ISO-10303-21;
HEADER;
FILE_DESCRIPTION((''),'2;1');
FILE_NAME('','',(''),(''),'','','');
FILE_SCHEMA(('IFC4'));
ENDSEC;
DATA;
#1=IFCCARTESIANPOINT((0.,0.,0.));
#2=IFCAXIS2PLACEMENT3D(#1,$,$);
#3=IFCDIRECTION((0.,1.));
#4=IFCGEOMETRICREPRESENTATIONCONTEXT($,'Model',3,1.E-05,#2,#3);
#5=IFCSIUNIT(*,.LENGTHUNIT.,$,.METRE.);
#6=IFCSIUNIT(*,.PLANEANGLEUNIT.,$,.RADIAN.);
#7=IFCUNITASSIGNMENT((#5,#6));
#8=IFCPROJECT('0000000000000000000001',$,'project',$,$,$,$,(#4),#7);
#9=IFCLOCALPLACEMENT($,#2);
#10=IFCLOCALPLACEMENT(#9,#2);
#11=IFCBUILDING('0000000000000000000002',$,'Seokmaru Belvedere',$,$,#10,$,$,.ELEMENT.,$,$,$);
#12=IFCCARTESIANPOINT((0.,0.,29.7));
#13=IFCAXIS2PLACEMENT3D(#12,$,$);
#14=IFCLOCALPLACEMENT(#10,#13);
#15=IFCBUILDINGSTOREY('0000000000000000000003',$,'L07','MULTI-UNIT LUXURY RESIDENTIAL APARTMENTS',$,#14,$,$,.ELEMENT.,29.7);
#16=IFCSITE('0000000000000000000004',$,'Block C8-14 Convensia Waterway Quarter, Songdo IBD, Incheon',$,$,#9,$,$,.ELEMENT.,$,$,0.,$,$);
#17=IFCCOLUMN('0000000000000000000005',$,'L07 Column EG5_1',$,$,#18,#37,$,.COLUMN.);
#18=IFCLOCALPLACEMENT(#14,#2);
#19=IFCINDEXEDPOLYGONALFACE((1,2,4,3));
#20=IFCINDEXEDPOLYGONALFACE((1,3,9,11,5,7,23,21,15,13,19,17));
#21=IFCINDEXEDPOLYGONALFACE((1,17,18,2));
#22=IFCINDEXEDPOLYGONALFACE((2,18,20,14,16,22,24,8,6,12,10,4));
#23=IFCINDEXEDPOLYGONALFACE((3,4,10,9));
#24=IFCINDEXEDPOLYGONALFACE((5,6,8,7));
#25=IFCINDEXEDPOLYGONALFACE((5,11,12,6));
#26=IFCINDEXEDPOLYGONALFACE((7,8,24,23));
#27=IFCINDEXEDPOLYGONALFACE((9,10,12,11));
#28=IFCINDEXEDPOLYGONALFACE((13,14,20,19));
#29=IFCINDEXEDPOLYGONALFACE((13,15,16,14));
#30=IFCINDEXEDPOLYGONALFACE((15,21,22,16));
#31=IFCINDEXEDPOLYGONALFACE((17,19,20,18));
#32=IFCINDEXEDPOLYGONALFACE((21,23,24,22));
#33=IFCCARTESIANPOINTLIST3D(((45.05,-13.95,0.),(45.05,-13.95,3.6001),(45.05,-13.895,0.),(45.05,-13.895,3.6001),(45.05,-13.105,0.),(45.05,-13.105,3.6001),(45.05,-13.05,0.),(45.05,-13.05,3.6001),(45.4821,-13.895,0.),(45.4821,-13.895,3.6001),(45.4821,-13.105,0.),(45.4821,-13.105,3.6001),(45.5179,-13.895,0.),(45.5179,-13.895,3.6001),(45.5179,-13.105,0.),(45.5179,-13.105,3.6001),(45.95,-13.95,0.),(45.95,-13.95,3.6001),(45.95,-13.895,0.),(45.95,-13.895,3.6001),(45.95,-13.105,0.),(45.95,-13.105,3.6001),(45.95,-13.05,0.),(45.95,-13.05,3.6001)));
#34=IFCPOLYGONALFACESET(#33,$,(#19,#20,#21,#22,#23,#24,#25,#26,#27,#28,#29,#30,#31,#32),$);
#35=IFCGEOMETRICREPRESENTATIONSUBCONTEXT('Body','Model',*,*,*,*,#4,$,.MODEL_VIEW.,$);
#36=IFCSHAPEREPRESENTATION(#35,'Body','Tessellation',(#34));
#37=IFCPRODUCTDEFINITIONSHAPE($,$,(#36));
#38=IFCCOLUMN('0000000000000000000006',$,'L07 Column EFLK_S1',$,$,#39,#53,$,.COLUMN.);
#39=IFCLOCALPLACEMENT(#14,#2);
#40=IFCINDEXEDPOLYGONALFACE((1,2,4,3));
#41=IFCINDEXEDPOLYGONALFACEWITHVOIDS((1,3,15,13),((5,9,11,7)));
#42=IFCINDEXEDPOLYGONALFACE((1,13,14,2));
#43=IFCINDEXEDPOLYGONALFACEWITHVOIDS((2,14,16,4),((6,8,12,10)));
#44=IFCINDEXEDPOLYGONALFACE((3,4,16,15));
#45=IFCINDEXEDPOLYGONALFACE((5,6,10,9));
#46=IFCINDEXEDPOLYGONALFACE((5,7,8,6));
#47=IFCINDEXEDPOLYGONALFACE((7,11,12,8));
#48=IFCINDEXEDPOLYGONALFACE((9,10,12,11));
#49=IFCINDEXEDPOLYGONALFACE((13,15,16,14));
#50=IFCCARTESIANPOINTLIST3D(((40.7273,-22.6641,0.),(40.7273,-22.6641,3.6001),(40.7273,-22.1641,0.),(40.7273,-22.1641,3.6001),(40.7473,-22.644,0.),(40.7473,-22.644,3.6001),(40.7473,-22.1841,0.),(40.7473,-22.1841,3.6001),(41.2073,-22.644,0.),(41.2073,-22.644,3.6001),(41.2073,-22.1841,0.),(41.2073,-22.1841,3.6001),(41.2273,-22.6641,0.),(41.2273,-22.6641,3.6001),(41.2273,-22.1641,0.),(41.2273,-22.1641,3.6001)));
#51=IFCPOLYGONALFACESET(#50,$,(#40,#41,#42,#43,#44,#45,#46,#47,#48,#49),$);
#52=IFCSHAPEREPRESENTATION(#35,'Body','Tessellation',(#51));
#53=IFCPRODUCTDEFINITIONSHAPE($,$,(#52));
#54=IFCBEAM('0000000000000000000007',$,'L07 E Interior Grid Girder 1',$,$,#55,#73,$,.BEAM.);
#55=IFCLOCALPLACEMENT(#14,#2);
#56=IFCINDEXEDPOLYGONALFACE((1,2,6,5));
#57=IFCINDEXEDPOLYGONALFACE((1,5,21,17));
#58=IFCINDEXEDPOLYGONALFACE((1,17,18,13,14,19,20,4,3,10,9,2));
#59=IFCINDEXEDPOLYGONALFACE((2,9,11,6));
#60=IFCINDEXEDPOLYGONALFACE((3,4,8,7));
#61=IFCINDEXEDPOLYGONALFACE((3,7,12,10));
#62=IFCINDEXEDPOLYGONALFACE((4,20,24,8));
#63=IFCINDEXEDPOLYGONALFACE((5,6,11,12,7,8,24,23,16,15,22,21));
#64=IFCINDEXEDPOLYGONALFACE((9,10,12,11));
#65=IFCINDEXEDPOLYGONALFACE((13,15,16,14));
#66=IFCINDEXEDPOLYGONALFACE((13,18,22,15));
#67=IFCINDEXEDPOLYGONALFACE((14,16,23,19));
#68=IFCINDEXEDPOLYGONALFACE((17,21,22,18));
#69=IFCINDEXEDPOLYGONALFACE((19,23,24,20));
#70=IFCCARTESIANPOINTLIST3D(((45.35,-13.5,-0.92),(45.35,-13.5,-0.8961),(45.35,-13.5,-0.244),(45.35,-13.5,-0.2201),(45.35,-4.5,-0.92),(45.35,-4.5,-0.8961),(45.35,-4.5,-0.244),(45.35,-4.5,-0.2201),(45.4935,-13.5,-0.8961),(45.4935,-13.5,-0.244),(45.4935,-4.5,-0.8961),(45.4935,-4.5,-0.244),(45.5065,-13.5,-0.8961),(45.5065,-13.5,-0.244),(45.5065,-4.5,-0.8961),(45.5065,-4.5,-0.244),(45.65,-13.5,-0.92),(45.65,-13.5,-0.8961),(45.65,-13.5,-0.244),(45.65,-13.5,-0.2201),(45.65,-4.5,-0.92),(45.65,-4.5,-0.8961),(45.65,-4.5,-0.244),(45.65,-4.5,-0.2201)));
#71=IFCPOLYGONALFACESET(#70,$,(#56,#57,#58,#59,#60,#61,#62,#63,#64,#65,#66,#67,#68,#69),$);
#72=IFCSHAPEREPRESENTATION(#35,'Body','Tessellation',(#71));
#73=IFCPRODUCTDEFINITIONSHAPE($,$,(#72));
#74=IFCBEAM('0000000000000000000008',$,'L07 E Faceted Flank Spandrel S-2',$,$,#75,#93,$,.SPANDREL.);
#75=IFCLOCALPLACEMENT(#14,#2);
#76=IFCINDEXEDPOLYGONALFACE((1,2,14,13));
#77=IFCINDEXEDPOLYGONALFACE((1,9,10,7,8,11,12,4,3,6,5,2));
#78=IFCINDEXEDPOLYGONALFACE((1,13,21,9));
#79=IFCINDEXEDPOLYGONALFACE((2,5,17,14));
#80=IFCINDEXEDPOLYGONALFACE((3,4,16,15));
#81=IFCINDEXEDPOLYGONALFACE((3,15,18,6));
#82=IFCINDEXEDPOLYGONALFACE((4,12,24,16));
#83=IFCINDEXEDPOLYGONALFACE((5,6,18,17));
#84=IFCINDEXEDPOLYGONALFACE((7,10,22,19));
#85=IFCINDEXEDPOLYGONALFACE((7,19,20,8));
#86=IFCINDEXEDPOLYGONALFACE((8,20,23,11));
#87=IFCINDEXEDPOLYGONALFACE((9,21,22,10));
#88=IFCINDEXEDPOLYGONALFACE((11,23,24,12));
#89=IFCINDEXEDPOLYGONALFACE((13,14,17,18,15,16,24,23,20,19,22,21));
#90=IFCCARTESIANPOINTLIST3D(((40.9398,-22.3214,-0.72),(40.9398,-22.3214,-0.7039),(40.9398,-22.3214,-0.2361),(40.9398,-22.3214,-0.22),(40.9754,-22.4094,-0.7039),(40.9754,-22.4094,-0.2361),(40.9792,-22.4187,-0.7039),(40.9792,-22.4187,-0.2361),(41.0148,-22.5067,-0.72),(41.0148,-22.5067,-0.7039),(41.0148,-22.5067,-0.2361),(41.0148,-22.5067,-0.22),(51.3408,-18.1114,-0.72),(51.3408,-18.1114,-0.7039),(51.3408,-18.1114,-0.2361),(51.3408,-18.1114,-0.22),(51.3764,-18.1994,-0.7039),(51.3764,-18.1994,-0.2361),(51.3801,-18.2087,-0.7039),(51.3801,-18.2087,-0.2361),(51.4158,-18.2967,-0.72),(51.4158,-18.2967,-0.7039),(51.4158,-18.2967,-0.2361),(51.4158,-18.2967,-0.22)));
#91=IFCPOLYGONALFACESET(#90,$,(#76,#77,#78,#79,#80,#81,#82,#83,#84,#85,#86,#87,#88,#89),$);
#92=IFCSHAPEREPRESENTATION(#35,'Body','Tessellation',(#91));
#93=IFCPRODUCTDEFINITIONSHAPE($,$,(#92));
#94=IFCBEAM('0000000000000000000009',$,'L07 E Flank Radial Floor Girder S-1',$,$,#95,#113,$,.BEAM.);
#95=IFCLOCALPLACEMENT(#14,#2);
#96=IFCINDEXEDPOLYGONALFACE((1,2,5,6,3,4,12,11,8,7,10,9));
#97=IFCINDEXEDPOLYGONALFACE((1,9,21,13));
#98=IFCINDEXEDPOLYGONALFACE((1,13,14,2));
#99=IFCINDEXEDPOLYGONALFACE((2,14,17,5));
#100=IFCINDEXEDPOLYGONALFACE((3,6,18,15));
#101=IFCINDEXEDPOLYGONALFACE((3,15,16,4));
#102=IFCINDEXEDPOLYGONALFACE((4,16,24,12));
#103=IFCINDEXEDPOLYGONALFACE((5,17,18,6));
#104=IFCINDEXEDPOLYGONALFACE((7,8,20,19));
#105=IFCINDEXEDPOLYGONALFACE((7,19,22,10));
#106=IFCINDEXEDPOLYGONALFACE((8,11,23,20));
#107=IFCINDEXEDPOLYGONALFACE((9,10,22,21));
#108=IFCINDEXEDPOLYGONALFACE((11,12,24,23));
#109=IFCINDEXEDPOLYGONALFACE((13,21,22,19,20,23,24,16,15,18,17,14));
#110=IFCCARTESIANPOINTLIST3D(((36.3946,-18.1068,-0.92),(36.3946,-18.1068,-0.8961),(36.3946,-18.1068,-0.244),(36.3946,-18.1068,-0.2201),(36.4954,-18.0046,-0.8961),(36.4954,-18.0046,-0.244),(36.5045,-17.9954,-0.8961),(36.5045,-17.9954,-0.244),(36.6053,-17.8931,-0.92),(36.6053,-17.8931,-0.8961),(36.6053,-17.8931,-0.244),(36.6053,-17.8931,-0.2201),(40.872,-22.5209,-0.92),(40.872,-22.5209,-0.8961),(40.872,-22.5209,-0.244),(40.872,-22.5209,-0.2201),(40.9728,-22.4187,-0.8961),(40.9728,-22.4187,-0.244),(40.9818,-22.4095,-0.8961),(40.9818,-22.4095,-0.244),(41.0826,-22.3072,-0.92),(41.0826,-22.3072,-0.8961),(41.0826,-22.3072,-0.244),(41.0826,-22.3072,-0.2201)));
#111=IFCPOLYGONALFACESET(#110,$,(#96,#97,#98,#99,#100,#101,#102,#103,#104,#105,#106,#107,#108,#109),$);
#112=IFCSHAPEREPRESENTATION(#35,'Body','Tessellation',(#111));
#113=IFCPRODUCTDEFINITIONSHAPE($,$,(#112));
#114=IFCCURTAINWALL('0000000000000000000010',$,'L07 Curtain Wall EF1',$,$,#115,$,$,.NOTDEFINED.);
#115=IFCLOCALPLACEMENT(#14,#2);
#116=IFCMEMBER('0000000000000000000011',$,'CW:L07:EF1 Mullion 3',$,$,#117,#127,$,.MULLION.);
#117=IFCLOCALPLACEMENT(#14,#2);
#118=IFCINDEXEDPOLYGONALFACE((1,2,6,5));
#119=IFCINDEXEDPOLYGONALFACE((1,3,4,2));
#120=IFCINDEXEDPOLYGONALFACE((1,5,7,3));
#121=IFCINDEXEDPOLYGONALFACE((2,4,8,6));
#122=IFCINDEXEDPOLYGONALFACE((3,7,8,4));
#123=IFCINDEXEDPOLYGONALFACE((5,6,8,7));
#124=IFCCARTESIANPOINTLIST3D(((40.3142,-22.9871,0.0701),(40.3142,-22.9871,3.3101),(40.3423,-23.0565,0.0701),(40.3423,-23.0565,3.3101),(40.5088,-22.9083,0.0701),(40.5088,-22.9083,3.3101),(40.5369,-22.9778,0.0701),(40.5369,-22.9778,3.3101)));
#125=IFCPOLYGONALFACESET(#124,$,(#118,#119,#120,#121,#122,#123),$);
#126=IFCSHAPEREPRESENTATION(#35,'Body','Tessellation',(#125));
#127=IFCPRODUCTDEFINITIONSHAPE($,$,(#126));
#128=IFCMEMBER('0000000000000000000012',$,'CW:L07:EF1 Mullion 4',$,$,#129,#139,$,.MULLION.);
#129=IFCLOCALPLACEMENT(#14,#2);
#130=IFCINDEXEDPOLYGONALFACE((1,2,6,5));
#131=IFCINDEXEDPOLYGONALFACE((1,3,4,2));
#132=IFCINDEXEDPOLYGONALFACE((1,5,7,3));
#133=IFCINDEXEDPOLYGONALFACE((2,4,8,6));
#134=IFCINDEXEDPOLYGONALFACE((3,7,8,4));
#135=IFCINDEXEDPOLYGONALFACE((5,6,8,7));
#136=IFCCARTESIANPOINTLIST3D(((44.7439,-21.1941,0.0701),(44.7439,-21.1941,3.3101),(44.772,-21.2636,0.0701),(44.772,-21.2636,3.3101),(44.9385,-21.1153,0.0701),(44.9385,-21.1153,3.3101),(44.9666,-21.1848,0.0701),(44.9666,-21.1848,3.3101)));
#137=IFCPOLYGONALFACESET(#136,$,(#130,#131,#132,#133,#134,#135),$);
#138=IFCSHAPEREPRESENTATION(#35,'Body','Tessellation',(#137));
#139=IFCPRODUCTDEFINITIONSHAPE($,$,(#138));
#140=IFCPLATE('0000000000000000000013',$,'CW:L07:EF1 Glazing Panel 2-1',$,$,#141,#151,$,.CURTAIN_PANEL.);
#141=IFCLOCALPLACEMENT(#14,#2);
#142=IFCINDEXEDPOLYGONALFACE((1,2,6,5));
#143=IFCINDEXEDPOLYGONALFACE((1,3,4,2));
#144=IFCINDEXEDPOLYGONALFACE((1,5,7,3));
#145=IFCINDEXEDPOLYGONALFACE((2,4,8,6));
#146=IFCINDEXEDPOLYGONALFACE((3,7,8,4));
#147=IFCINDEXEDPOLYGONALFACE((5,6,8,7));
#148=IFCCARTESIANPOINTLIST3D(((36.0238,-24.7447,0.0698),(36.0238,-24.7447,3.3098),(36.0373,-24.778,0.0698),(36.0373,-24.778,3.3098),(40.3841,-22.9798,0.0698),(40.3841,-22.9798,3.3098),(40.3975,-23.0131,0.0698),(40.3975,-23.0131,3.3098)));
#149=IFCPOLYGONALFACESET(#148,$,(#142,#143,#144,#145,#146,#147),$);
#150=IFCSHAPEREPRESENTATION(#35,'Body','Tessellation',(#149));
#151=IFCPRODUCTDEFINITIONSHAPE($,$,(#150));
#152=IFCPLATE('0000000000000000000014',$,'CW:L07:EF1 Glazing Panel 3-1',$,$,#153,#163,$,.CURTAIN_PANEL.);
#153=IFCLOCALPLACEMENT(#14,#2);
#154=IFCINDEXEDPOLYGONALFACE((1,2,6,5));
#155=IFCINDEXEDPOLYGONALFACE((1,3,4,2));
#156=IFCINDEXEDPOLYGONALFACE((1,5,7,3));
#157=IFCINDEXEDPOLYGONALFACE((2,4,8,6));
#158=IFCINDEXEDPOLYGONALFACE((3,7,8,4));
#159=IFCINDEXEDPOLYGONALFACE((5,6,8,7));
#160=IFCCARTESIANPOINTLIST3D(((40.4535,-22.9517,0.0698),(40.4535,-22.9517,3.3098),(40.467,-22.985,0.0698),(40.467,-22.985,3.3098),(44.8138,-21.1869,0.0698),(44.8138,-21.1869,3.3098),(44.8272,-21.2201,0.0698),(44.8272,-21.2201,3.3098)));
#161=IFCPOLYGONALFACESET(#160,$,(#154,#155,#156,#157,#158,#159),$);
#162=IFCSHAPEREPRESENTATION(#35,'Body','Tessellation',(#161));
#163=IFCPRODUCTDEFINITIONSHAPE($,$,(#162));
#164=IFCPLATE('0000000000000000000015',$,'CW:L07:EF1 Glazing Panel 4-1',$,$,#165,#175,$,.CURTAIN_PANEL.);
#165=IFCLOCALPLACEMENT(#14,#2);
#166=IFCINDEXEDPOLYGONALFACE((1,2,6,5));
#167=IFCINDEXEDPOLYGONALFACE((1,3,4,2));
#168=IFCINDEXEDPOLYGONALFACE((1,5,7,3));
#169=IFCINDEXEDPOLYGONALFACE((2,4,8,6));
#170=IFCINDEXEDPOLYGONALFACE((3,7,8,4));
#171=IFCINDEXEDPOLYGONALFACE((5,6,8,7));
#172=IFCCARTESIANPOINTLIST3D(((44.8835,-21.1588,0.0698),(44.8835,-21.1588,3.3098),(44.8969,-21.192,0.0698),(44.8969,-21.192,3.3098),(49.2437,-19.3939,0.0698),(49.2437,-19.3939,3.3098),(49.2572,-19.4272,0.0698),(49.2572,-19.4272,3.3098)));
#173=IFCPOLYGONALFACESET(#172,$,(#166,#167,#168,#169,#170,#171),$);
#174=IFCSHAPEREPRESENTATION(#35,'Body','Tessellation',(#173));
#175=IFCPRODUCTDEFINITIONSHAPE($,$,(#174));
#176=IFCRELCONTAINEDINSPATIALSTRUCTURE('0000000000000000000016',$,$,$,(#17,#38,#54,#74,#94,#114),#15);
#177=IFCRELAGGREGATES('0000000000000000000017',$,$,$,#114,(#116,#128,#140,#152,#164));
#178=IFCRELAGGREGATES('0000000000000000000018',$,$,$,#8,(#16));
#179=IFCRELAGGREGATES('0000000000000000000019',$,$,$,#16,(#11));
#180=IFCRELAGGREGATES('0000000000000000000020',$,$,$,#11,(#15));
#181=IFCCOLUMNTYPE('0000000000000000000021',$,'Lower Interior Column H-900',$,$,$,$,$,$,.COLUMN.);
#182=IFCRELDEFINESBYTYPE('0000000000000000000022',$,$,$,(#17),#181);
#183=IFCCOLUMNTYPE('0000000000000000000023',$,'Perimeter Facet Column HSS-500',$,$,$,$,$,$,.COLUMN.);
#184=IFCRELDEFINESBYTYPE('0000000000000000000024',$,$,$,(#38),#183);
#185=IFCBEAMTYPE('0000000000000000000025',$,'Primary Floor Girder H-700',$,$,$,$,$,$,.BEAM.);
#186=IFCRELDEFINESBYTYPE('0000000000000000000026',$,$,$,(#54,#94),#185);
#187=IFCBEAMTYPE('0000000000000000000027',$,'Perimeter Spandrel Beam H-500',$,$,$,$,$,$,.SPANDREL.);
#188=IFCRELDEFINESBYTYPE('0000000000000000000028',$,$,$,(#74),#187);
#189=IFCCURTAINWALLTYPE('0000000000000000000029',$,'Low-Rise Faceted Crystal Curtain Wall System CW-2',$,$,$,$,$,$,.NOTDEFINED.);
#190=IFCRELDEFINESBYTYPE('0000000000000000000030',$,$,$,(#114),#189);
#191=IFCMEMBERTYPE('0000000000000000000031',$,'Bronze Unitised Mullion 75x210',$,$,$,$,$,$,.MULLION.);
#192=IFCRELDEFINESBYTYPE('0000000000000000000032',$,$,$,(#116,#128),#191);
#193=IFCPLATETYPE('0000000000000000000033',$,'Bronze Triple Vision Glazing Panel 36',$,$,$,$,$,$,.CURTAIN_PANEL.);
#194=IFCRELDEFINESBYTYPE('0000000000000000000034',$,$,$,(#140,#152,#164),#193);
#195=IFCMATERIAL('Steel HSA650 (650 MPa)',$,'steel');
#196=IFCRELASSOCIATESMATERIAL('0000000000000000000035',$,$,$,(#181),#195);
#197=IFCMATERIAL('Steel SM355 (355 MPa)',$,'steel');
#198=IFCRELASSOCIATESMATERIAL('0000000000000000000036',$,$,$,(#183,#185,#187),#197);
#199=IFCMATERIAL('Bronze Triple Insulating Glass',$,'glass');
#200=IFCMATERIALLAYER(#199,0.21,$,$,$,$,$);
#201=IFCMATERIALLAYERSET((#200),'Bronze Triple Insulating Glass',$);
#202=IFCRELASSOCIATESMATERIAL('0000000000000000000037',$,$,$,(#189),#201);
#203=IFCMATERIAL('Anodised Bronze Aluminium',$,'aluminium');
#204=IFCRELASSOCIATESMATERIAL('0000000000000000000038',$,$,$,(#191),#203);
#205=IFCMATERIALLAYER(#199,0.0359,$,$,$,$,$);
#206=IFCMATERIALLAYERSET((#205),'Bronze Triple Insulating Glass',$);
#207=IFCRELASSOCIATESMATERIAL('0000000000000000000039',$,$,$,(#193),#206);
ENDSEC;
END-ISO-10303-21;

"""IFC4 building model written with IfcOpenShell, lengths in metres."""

from ifc_helpers import new_model, si_unit, direction, frame, origin, origin_2d, place, context, subcontext, project, spatial, rectangle, hollow_rectangle, i_section, extrude, source, transform, mapped, material, layer, layer_set, material_profile, profile_set, type_object, type_shapes, element, aggregate, save


model = new_model("IFC4")

# Units and contexts
model_context = context("Model", 3, precision=1e-05, world=origin(), true_north=direction((0.0, 1.0)))
body_context = subcontext(model_context, "Body", "Model", "MODEL_VIEW")
ifc_project = project(units=[si_unit("LENGTHUNIT", "METRE"), si_unit("PLANEANGLEUNIT", "RADIAN")], contexts=[model_context])

# Site, building, storey
site_placement = place(None, origin())
site = spatial("IfcSite", under=ifc_project, at=site_placement, Name="Block C8-14 Convensia Waterway Quarter, Songdo IBD, Incheon", CompositionType="ELEMENT", RefElevation=0.0)
building_placement = place(site_placement, origin())
building = spatial("IfcBuilding", under=site, at=building_placement, Name="Seokmaru Belvedere", CompositionType="ELEMENT")
storey_placement = place(building_placement, frame((0.0, 0.0, 29.7)))
storey = spatial("IfcBuildingStorey", under=building, at=storey_placement, Name="L07", Description="MULTI-UNIT LUXURY RESIDENTIAL APARTMENTS", CompositionType="ELEMENT", Elevation=29.7)

# Columns
ifc_material_1 = material(Name="Steel HSA650 (650 MPa)", Category="steel")
ifc_material_profile_1 = material_profile(ifc_material_1, i_section(OverallWidth=0.8999, OverallDepth=0.8999, WebThickness=0.0359, FlangeThickness=0.0549, at=origin_2d()), Name="H-900x900x36x55")
ifc_profile_set_1 = profile_set([ifc_material_profile_1], Name="Steel HSA650 (650 MPa)")
column_type_1 = type_object("IfcColumnType", Name="Lower Interior Column H-900", PredefinedType="COLUMN", material=ifc_profile_set_1)
shared_shape_1 = source(origin(), body_context, "Body", "SweptSolid", [
    extrude(i_section(OverallWidth=0.8999, OverallDepth=0.8999, WebThickness=0.0359, FlangeThickness=0.0549, at=origin_2d()), origin(), (0.0, 0.0, 1.0), 3.6001),
])
type_shapes(column_type_1, [shared_shape_1])
column_1_placement = place(storey_placement, frame((45.5, -13.5, 0.0), z_axis=(0.0, 0.0, 1.0), x_axis=(1.0, 0.0, 0.0)))
element("IfcColumn", 1, at=column_1_placement, inside=storey, type_object=column_type_1, Name="L07 Column EG5_1", PredefinedType="COLUMN", context=body_context, shape_type="MappedRepresentation", body=[
    mapped(shared_shape_1, transform((0.0, 0.0, 0.0), scale=1.0)),
])
ifc_material_2 = material(Name="Steel SM355 (355 MPa)", Category="steel")
ifc_material_profile_2 = material_profile(ifc_material_2, hollow_rectangle(XDim=0.5, YDim=0.5, WallThickness=0.02, at=origin_2d()), Name="HSS-500x500x20")
ifc_profile_set_2 = profile_set([ifc_material_profile_2], Name="Steel SM355 (355 MPa)")
column_type_2 = type_object("IfcColumnType", Name="Perimeter Facet Column HSS-500", PredefinedType="COLUMN", material=ifc_profile_set_2)
shared_shape_2 = source(origin(), body_context, "Body", "SweptSolid", [
    extrude(hollow_rectangle(XDim=0.5, YDim=0.5, WallThickness=0.02, at=origin_2d()), origin(), (0.0, 0.0, 1.0), 3.6001),
])
type_shapes(column_type_2, [shared_shape_2])
column_2_placement = place(storey_placement, frame((40.9773, -22.4141, 0.0), z_axis=(0.0, 0.0, 1.0), x_axis=(1.0, 0.0, 0.0)))
element("IfcColumn", 2, at=column_2_placement, inside=storey, type_object=column_type_2, Name="L07 Column EFLK_S1", PredefinedType="COLUMN", context=body_context, shape_type="MappedRepresentation", body=[
    mapped(shared_shape_2, transform((0.0, 0.0, 0.0), scale=1.0)),
])

# Beams
ifc_material_profile_3 = material_profile(ifc_material_2, i_section(OverallWidth=0.3, OverallDepth=0.7, WebThickness=0.0129, FlangeThickness=0.0239, at=origin_2d()), Name="H-700x300x13x24")
ifc_profile_set_3 = profile_set([ifc_material_profile_3], Name="Steel SM355 (355 MPa)")
beam_type_1 = type_object("IfcBeamType", Name="Primary Floor Girder H-700", PredefinedType="BEAM", material=ifc_profile_set_3)
shared_shape_3 = source(origin(), body_context, "Body", "SweptSolid", [
    extrude(i_section(OverallWidth=0.3, OverallDepth=0.7, WebThickness=0.0129, FlangeThickness=0.0239, at=origin_2d()), origin(), (0.0, 0.0, 1.0), 9.0),
])
beam_1_placement = place(storey_placement, frame((45.5, -13.5, -0.5701), z_axis=(0.0, 1.0, 0.0), x_axis=(-1.0, 0.0, 0.0)))
element("IfcBeam", 3, at=beam_1_placement, inside=storey, type_object=beam_type_1, Name="L07 E Interior Grid Girder 1", PredefinedType="BEAM", context=body_context, shape_type="MappedRepresentation", body=[
    mapped(shared_shape_3, transform((0.0, 0.0, 0.0), scale=1.0)),
])
ifc_material_profile_4 = material_profile(ifc_material_2, i_section(OverallWidth=0.2, OverallDepth=0.5, WebThickness=0.01, FlangeThickness=0.0161, at=origin_2d()), Name="H-500x200x10x16")
ifc_profile_set_4 = profile_set([ifc_material_profile_4], Name="Steel SM355 (355 MPa)")
beam_type_2 = type_object("IfcBeamType", Name="Perimeter Spandrel Beam H-500", PredefinedType="SPANDREL", material=ifc_profile_set_4)
shared_shape_4 = source(origin(), body_context, "Body", "SweptSolid", [
    extrude(i_section(OverallWidth=0.2, OverallDepth=0.5, WebThickness=0.01, FlangeThickness=0.0161, at=origin_2d()), origin(), (0.0, 0.0, 1.0), 11.2207),
])
type_shapes(beam_type_2, [shared_shape_4])
beam_2_placement = place(storey_placement, frame((40.9773, -22.4141, -0.47), z_axis=(0.926944, 0.375199, 0.0), x_axis=(-0.375199, 0.926944, 0.0)))
element("IfcBeam", 4, at=beam_2_placement, inside=storey, type_object=beam_type_2, Name="L07 E Faceted Flank Spandrel S-2", PredefinedType="SPANDREL", context=body_context, shape_type="MappedRepresentation", body=[
    mapped(shared_shape_4, transform((0.0, 0.0, 0.0), scale=1.0)),
])
shared_shape_5 = source(origin(), body_context, "Body", "SweptSolid", [
    extrude(i_section(OverallWidth=0.3, OverallDepth=0.7, WebThickness=0.0129, FlangeThickness=0.0239, at=origin_2d()), origin(), (0.0, 0.0, 1.0), 6.2874),
])
type_shapes(beam_type_1, [shared_shape_3, shared_shape_5])
beam_3_placement = place(storey_placement, frame((40.9773, -22.4141, -0.5701), z_axis=(-0.712117, 0.70206, 0.0), x_axis=(-0.70206, -0.712117, 0.0)))
element("IfcBeam", 5, at=beam_3_placement, inside=storey, type_object=beam_type_1, Name="L07 E Flank Radial Floor Girder S-1", PredefinedType="BEAM", context=body_context, shape_type="MappedRepresentation", body=[
    mapped(shared_shape_5, transform((0.0, 0.0, 0.0), scale=1.0)),
])

# Curtain wall, members, plates
ifc_material_3 = material(Name="Bronze Triple Insulating Glass", Category="glass")
ifc_layer_1 = layer(ifc_material_3, 0.21)
ifc_layer_set_1 = layer_set([ifc_layer_1], Name="Bronze Triple Insulating Glass")
curtain_wall_type = type_object("IfcCurtainWallType", Name="Low-Rise Faceted Crystal Curtain Wall System CW-2", PredefinedType="NOTDEFINED", material=ifc_layer_set_1)
curtain_wall_placement = place(storey_placement, origin())
curtain_wall = element("IfcCurtainWall", 6, at=curtain_wall_placement, inside=storey, type_object=curtain_wall_type, Name="L07 Curtain Wall EF1", PredefinedType="NOTDEFINED")
ifc_material_4 = material(Name="Anodised Bronze Aluminium", Category="aluminium")
ifc_material_profile_5 = material_profile(ifc_material_4, rectangle(XDim=0.075, YDim=0.21, at=origin_2d()), Name="CW-M-75x210")
ifc_profile_set_5 = profile_set([ifc_material_profile_5], Name="Anodised Bronze Aluminium")
member_type = type_object("IfcMemberType", Name="Bronze Unitised Mullion 75x210", PredefinedType="MULLION", material=ifc_profile_set_5)
shared_shape_6 = source(origin(), body_context, "Body", "SweptSolid", [
    extrude(rectangle(XDim=0.075, YDim=0.21, at=origin_2d()), origin(), (0.0, 0.0, 1.0), 3.24),
])
type_shapes(member_type, [shared_shape_6])
member_1_placement = place(storey_placement, frame((40.4255, -22.9824, 0.0701), z_axis=(0.0, 0.0, 1.0), x_axis=(-0.375192, 0.926947, 0.0)))
member_1 = element("IfcMember", 7, at=member_1_placement, type_object=member_type, Name="CW:L07:EF1 Mullion 3", PredefinedType="MULLION", context=body_context, shape_type="MappedRepresentation", body=[
    mapped(shared_shape_6, transform((0.0, 0.0, 0.0), scale=1.0)),
])
member_2_placement = place(storey_placement, frame((44.8552, -21.1895, 0.0701), z_axis=(0.0, 0.0, 1.0), x_axis=(-0.375192, 0.926947, 0.0)))
member_2 = element("IfcMember", 8, at=member_2_placement, type_object=member_type, Name="CW:L07:EF1 Mullion 4", PredefinedType="MULLION", context=body_context, shape_type="MappedRepresentation", body=[
    mapped(shared_shape_6, transform((0.0, 0.0, 0.0), scale=1.0)),
])
ifc_layer_2 = layer(ifc_material_3, 0.0359)
ifc_layer_set_2 = layer_set([ifc_layer_2], Name="Bronze Triple Insulating Glass")
plate_type = type_object("IfcPlateType", Name="Bronze Triple Vision Glazing Panel 36", PredefinedType="CURTAIN_PANEL", material=ifc_layer_set_2)
shared_shape_7 = source(origin(), body_context, "Body", "SweptSolid", [
    extrude(rectangle(XDim=4.7039, YDim=0.0359, at=origin_2d()), origin(), (0.0, 0.0, 1.0), 3.24),
])
type_shapes(plate_type, [shared_shape_7])
plate_1_placement = place(storey_placement, frame((38.2107, -23.8789, 0.0698), z_axis=(0.0, 0.0, 1.0), x_axis=(0.926947, 0.375192, 0.0)))
plate_1 = element("IfcPlate", 9, at=plate_1_placement, type_object=plate_type, Name="CW:L07:EF1 Glazing Panel 2-1", PredefinedType="CURTAIN_PANEL", context=body_context, shape_type="MappedRepresentation", body=[
    mapped(shared_shape_7, transform((0.0, 0.0, 0.0), scale=1.0)),
])
plate_2_placement = place(storey_placement, frame((42.6404, -22.0859, 0.0698), z_axis=(0.0, 0.0, 1.0), x_axis=(0.926947, 0.375192, 0.0)))
plate_2 = element("IfcPlate", 10, at=plate_2_placement, type_object=plate_type, Name="CW:L07:EF1 Glazing Panel 3-1", PredefinedType="CURTAIN_PANEL", context=body_context, shape_type="MappedRepresentation", body=[
    mapped(shared_shape_7, transform((0.0, 0.0, 0.0), scale=1.0)),
])
plate_3_placement = place(storey_placement, frame((47.0703, -20.293, 0.0698), z_axis=(0.0, 0.0, 1.0), x_axis=(0.926947, 0.375192, 0.0)))
plate_3 = element("IfcPlate", 11, at=plate_3_placement, type_object=plate_type, Name="CW:L07:EF1 Glazing Panel 4-1", PredefinedType="CURTAIN_PANEL", context=body_context, shape_type="MappedRepresentation", body=[
    mapped(shared_shape_7, transform((0.0, 0.0, 0.0), scale=1.0)),
])
aggregate(curtain_wall, [member_1, member_2, plate_1, plate_2, plate_3])

save(model, "model.ifc")
